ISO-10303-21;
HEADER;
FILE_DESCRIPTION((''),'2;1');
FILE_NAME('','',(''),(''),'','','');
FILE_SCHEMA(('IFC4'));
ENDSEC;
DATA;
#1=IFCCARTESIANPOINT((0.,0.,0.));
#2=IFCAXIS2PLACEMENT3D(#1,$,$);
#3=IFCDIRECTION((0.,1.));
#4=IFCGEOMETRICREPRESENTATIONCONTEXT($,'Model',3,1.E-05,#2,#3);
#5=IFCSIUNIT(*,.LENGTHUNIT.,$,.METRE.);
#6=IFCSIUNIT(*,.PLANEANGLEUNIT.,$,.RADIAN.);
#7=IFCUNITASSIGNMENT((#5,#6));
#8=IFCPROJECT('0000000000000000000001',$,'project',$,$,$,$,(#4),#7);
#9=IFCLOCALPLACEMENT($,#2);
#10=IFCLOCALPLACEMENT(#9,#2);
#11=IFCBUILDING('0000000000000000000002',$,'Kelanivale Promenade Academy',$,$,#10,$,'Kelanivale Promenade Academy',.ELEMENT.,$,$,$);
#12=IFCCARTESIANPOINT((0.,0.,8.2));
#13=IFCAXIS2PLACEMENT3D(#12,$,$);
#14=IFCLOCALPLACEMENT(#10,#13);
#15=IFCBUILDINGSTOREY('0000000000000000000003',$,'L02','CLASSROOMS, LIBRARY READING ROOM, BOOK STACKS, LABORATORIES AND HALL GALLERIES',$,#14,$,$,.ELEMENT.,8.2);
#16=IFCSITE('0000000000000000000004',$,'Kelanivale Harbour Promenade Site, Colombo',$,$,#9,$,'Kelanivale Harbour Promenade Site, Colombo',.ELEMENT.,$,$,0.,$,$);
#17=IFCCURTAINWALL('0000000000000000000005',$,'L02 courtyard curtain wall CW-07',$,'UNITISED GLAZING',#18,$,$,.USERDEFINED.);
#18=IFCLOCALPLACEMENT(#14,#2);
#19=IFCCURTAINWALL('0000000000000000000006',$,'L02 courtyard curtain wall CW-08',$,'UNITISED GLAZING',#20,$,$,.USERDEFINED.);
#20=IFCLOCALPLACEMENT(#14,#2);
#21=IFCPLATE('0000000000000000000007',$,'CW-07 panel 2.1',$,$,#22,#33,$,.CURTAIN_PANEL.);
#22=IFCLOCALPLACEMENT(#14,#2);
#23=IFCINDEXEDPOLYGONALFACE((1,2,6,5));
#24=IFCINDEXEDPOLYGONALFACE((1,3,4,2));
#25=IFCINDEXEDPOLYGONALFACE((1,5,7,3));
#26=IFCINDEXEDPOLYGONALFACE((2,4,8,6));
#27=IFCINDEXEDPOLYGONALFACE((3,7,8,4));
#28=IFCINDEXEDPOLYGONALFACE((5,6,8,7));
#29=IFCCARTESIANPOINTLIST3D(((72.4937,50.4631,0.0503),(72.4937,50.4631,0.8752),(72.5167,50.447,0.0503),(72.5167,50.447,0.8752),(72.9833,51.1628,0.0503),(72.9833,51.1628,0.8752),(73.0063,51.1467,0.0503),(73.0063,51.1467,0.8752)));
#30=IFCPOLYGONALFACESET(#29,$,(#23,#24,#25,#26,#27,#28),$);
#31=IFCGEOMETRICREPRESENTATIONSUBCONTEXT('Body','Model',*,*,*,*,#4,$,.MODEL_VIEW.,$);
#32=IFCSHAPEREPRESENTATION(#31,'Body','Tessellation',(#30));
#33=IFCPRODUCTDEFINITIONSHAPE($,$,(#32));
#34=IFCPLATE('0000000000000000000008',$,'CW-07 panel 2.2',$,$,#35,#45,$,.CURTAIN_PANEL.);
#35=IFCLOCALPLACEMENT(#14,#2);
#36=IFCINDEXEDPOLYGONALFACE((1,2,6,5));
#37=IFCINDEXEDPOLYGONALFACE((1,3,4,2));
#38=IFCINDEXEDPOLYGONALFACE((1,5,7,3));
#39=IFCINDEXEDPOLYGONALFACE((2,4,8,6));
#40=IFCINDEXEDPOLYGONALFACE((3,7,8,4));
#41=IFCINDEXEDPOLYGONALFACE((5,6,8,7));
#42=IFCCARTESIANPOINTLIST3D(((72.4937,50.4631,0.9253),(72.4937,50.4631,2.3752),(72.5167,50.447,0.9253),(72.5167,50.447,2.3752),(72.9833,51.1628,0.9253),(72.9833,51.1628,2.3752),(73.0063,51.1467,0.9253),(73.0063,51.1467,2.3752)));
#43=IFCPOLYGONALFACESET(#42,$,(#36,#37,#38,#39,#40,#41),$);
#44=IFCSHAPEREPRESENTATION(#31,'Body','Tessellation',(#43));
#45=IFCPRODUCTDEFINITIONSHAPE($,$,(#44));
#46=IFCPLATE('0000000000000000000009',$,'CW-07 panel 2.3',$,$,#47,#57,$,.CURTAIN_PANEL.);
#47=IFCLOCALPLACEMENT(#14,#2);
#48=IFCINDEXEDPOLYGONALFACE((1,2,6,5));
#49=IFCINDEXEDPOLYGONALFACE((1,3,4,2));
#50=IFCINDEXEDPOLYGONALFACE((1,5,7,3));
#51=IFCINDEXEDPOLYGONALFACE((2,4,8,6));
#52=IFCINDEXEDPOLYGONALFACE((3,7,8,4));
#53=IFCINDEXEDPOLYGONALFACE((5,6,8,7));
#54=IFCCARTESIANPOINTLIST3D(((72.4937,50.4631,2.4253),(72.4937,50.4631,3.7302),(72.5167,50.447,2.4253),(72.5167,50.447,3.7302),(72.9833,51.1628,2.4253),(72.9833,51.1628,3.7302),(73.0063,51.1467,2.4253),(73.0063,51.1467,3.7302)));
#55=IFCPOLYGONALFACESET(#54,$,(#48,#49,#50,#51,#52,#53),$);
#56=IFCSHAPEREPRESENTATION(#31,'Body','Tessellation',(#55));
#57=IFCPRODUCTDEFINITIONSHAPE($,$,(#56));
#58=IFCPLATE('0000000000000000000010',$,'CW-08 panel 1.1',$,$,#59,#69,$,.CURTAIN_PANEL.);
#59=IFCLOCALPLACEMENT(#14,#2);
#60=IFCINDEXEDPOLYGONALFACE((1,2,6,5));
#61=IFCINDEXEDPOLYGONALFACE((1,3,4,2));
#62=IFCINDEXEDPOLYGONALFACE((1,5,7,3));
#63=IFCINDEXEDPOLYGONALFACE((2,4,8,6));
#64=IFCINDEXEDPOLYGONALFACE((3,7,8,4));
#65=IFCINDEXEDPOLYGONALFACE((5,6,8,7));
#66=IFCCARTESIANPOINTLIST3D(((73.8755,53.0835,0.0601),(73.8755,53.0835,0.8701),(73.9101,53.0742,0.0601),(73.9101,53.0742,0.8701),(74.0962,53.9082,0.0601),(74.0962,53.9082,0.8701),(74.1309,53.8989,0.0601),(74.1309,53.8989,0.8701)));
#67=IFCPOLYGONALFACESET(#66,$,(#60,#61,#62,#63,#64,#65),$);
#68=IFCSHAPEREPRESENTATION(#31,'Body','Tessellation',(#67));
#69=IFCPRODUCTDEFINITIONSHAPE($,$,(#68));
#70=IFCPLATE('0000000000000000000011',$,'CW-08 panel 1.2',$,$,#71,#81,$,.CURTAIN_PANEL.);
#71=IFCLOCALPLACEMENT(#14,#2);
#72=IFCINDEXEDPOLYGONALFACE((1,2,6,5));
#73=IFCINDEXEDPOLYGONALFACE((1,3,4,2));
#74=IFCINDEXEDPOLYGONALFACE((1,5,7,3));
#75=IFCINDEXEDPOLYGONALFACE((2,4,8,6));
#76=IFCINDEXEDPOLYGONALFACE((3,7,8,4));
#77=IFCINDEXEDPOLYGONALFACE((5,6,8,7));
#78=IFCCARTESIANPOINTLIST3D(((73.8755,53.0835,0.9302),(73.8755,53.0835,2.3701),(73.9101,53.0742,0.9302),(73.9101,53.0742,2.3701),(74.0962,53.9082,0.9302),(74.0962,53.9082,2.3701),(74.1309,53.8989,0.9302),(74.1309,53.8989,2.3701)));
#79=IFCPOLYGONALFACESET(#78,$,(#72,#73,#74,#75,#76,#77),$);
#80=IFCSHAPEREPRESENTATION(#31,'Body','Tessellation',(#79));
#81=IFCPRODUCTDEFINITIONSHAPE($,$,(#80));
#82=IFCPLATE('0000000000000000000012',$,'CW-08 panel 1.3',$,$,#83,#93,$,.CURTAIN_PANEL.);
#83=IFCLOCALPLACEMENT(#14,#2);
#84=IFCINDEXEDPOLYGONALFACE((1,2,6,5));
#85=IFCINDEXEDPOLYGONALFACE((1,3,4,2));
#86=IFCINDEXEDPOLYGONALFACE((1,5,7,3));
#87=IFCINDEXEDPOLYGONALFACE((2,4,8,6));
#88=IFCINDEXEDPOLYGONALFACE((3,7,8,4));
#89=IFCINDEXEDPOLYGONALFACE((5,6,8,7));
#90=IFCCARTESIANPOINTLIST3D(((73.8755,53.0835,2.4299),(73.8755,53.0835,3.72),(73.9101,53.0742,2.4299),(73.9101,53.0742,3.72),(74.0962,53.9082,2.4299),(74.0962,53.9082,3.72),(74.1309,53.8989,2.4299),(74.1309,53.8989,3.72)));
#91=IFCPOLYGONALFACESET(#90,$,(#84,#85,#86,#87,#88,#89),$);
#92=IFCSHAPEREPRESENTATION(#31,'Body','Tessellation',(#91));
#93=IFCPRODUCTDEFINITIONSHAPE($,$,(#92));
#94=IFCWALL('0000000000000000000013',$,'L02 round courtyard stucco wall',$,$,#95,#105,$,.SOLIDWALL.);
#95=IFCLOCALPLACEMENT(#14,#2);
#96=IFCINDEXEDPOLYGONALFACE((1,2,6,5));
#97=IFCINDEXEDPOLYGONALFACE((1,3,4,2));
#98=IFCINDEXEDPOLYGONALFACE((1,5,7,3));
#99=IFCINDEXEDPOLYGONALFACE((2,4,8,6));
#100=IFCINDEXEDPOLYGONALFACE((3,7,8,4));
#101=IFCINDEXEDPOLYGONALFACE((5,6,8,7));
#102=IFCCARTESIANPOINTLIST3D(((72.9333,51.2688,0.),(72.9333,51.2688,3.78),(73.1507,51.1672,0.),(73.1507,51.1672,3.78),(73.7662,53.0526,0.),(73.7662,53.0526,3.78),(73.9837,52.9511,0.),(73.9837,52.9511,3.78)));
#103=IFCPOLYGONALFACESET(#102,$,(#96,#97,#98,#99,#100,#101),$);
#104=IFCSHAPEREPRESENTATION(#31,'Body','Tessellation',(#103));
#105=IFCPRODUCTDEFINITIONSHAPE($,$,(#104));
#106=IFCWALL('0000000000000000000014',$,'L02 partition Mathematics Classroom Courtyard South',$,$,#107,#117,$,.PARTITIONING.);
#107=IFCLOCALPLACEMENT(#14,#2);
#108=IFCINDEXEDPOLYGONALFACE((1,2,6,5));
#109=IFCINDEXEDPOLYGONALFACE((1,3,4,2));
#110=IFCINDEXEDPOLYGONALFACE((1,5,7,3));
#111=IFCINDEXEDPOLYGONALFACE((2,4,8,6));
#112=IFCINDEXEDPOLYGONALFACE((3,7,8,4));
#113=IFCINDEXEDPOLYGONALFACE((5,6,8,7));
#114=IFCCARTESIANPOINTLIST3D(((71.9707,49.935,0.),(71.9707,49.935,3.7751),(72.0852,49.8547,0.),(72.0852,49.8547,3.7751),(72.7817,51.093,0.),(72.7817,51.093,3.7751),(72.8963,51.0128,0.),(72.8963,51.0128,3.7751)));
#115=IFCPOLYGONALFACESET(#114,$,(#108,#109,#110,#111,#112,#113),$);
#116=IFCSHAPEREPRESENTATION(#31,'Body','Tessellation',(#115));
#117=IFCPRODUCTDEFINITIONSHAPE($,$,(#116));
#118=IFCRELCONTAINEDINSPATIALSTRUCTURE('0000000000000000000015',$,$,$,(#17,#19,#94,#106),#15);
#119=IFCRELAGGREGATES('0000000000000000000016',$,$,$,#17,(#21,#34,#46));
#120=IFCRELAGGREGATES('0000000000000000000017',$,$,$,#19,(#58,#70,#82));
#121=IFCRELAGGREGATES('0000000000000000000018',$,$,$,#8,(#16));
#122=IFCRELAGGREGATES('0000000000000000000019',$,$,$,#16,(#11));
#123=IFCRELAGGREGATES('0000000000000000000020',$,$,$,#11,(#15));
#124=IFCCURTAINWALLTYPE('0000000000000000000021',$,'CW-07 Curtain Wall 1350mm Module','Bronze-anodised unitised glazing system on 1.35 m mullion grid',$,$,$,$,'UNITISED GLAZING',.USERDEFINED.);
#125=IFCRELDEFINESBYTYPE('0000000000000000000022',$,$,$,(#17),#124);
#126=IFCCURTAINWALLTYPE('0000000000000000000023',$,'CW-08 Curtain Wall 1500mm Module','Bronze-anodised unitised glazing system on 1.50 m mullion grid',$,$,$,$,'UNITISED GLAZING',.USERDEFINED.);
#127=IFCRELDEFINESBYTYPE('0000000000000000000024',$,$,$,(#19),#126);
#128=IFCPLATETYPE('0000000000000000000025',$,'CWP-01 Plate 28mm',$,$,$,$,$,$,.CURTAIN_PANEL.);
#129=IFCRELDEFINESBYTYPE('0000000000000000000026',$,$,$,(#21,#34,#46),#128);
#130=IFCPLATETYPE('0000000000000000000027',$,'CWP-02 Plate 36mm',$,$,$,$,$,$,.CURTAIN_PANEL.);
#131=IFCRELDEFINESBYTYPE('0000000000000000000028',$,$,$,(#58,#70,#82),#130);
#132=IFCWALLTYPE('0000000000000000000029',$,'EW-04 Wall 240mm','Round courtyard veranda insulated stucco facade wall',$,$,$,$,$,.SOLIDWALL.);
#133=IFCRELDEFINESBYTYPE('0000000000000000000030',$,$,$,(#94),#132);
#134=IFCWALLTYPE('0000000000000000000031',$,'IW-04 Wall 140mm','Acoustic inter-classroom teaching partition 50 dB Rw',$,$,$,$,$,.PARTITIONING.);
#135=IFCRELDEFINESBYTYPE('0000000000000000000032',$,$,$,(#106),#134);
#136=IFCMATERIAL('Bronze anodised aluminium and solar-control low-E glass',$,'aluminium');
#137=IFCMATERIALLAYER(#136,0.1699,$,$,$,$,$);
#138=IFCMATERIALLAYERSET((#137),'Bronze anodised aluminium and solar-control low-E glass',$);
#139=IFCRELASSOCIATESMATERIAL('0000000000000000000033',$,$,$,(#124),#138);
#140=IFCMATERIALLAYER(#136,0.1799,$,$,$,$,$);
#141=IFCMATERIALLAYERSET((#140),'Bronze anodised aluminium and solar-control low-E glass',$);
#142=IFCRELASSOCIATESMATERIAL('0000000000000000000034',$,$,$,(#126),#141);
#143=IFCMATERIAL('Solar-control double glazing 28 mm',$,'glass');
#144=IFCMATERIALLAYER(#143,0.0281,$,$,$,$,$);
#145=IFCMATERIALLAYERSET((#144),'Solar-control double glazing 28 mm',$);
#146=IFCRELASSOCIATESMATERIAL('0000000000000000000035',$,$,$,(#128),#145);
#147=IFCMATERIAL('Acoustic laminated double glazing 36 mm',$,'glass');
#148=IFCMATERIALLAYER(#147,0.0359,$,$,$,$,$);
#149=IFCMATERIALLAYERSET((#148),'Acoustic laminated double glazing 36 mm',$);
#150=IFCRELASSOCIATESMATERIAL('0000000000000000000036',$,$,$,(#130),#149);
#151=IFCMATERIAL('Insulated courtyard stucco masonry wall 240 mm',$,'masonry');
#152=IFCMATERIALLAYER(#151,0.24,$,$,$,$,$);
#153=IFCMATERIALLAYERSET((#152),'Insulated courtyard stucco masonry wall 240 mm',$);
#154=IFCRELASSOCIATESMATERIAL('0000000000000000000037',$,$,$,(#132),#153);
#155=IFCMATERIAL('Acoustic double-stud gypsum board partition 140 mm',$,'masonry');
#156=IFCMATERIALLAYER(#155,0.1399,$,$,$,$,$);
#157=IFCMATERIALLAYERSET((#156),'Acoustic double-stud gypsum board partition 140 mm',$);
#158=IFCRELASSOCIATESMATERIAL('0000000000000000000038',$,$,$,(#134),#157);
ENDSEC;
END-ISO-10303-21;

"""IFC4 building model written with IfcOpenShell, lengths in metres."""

from ifc_helpers import new_model, si_unit, direction, frame, frame_2d, origin, origin_2d, place, context, subcontext, project, spatial, rectangle, extrude, material, layer, layer_set, type_object, element, aggregate, save


model = new_model("IFC4")

# Units and contexts
model_context = context("Model", 3, precision=1e-05, world=origin(), true_north=direction((0.0, 1.0)))
body_context = subcontext(model_context, "Body", "Model", "MODEL_VIEW")
ifc_project = project(units=[si_unit("LENGTHUNIT", "METRE"), si_unit("PLANEANGLEUNIT", "RADIAN")], contexts=[model_context])

# Site, building, storey
site_placement = place(None, origin())
site = spatial("IfcSite", under=ifc_project, at=site_placement, Name="Kelanivale Harbour Promenade Site, Colombo", LongName="Kelanivale Harbour Promenade Site, Colombo", CompositionType="ELEMENT", RefElevation=0.0)
building_placement = place(site_placement, origin())
building = spatial("IfcBuilding", under=site, at=building_placement, Name="Kelanivale Promenade Academy", LongName="Kelanivale Promenade Academy", CompositionType="ELEMENT")
storey_placement = place(building_placement, frame((0.0, 0.0, 8.2)))
storey = spatial("IfcBuildingStorey", under=building, at=storey_placement, Name="L02", Description="CLASSROOMS, LIBRARY READING ROOM, BOOK STACKS, LABORATORIES AND HALL GALLERIES", CompositionType="ELEMENT", Elevation=8.2)

# Shared definitions
ifc_material_1 = material(Name="Bronze anodised aluminium and solar-control low-E glass", Category="aluminium")

# Curtain walls
ifc_layer_1 = layer(ifc_material_1, 0.1699)
ifc_layer_set_1 = layer_set([ifc_layer_1], Name="Bronze anodised aluminium and solar-control low-E glass")
curtain_wall_type_1 = type_object("IfcCurtainWallType", Name="CW-07 Curtain Wall 1350mm Module", Description="Bronze-anodised unitised glazing system on 1.35 m mullion grid", ElementType="UNITISED GLAZING", PredefinedType="USERDEFINED", material=ifc_layer_set_1)
curtain_wall_1_placement = place(storey_placement, origin())
curtain_wall_1 = element("IfcCurtainWall", 1, at=curtain_wall_1_placement, inside=storey, type_object=curtain_wall_type_1, Name="L02 courtyard curtain wall CW-07", ObjectType="UNITISED GLAZING", PredefinedType="USERDEFINED")
ifc_layer_2 = layer(ifc_material_1, 0.1799)
ifc_layer_set_2 = layer_set([ifc_layer_2], Name="Bronze anodised aluminium and solar-control low-E glass")
curtain_wall_type_2 = type_object("IfcCurtainWallType", Name="CW-08 Curtain Wall 1500mm Module", Description="Bronze-anodised unitised glazing system on 1.50 m mullion grid", ElementType="UNITISED GLAZING", PredefinedType="USERDEFINED", material=ifc_layer_set_2)
curtain_wall_2_placement = place(storey_placement, origin())
curtain_wall_2 = element("IfcCurtainWall", 2, at=curtain_wall_2_placement, inside=storey, type_object=curtain_wall_type_2, Name="L02 courtyard curtain wall CW-08", ObjectType="UNITISED GLAZING", PredefinedType="USERDEFINED")

# Plates
ifc_material_2 = material(Name="Solar-control double glazing 28 mm", Category="glass")
ifc_layer_3 = layer(ifc_material_2, 0.0281)
ifc_layer_set_3 = layer_set([ifc_layer_3], Name="Solar-control double glazing 28 mm")
plate_type_1 = type_object("IfcPlateType", Name="CWP-01 Plate 28mm", PredefinedType="CURTAIN_PANEL", material=ifc_layer_set_3)
plate_1_placement = place(storey_placement, frame((72.75, 50.8049, 0.0503), z_axis=(0.0, 0.0, 1.0), x_axis=(0.573357, 0.819306, 0.0)))
plate_1 = element("IfcPlate", 3, at=plate_1_placement, type_object=plate_type_1, Name="CW-07 panel 2.1", PredefinedType="CURTAIN_PANEL", context=body_context, shape_type="SweptSolid", body=[
    extrude(rectangle(XDim=0.854, YDim=0.0281, at=origin_2d()), origin(), (0.0, 0.0, 1.0), 0.825),
])
plate_2_placement = place(storey_placement, frame((72.75, 50.8049, 0.9253), z_axis=(0.0, 0.0, 1.0), x_axis=(0.573357, 0.819306, 0.0)))
plate_2 = element("IfcPlate", 4, at=plate_2_placement, type_object=plate_type_1, Name="CW-07 panel 2.2", PredefinedType="CURTAIN_PANEL", context=body_context, shape_type="SweptSolid", body=[
    extrude(rectangle(XDim=0.854, YDim=0.0281, at=origin_2d()), origin(), (0.0, 0.0, 1.0), 1.45),
])
plate_3_placement = place(storey_placement, frame((72.75, 50.8049, 2.4253), z_axis=(0.0, 0.0, 1.0), x_axis=(0.573357, 0.819306, 0.0)))
plate_3 = element("IfcPlate", 5, at=plate_3_placement, type_object=plate_type_1, Name="CW-07 panel 2.3", PredefinedType="CURTAIN_PANEL", context=body_context, shape_type="SweptSolid", body=[
    extrude(rectangle(XDim=0.854, YDim=0.0281, at=origin_2d()), origin(), (0.0, 0.0, 1.0), 1.3049),
])
aggregate(curtain_wall_1, [plate_1, plate_2, plate_3])
ifc_material_3 = material(Name="Acoustic laminated double glazing 36 mm", Category="glass")
ifc_layer_4 = layer(ifc_material_3, 0.0359)
ifc_layer_set_4 = layer_set([ifc_layer_4], Name="Acoustic laminated double glazing 36 mm")
plate_type_2 = type_object("IfcPlateType", Name="CWP-02 Plate 36mm", PredefinedType="CURTAIN_PANEL", material=ifc_layer_set_4)
plate_4_placement = place(storey_placement, frame((74.0032, 53.4912, 0.0601), z_axis=(0.0, 0.0, 1.0), x_axis=(0.258578, 0.96599, 0.0)))
plate_4 = element("IfcPlate", 6, at=plate_4_placement, type_object=plate_type_2, Name="CW-08 panel 1.1", PredefinedType="CURTAIN_PANEL", context=body_context, shape_type="SweptSolid", body=[
    extrude(rectangle(XDim=0.8538, YDim=0.0359, at=origin_2d()), origin(), (0.0, 0.0, 1.0), 0.8101),
])
plate_5_placement = place(storey_placement, frame((74.0032, 53.4912, 0.9302), z_axis=(0.0, 0.0, 1.0), x_axis=(0.258578, 0.96599, 0.0)))
plate_5 = element("IfcPlate", 7, at=plate_5_placement, type_object=plate_type_2, Name="CW-08 panel 1.2", PredefinedType="CURTAIN_PANEL", context=body_context, shape_type="SweptSolid", body=[
    extrude(rectangle(XDim=0.8538, YDim=0.0359, at=origin_2d()), origin(), (0.0, 0.0, 1.0), 1.4399),
])
plate_6_placement = place(storey_placement, frame((74.0032, 53.4912, 2.4299), z_axis=(0.0, 0.0, 1.0), x_axis=(0.258578, 0.96599, 0.0)))
plate_6 = element("IfcPlate", 8, at=plate_6_placement, type_object=plate_type_2, Name="CW-08 panel 1.3", PredefinedType="CURTAIN_PANEL", context=body_context, shape_type="SweptSolid", body=[
    extrude(rectangle(XDim=0.8538, YDim=0.0359, at=origin_2d()), origin(), (0.0, 0.0, 1.0), 1.29),
])
aggregate(curtain_wall_2, [plate_4, plate_5, plate_6])

# Walls
ifc_material_4 = material(Name="Insulated courtyard stucco masonry wall 240 mm", Category="masonry")
ifc_layer_5 = layer(ifc_material_4, 0.24)
ifc_layer_set_5 = layer_set([ifc_layer_5], Name="Insulated courtyard stucco masonry wall 240 mm")
wall_type_1 = type_object("IfcWallType", Name="EW-04 Wall 240mm", Description="Round courtyard veranda insulated stucco facade wall", PredefinedType="SOLIDWALL", material=ifc_layer_set_5)
wall_1_placement = place(storey_placement, frame((73.042, 51.218, 0.0), z_axis=(0.0, 0.0, 1.0), x_axis=(0.423096, 0.906085, 0.0)))
element("IfcWall", 9, at=wall_1_placement, inside=storey, type_object=wall_type_1, Name="L02 round courtyard stucco wall", PredefinedType="SOLIDWALL", context=body_context, shape_type="SweptSolid", body=[
    extrude(rectangle(XDim=1.9688, YDim=0.24, at=frame_2d((0.9844, 0.0))), origin(), (0.0, 0.0, 1.0), 3.78),
])
ifc_material_5 = material(Name="Acoustic double-stud gypsum board partition 140 mm", Category="masonry")
ifc_layer_6 = layer(ifc_material_5, 0.1399)
ifc_layer_set_6 = layer_set([ifc_layer_6], Name="Acoustic double-stud gypsum board partition 140 mm")
wall_type_2 = type_object("IfcWallType", Name="IW-04 Wall 140mm", Description="Acoustic inter-classroom teaching partition 50 dB Rw", PredefinedType="PARTITIONING", material=ifc_layer_set_6)
wall_2_placement = place(storey_placement, frame((72.8391, 51.053, 0.0), z_axis=(0.0, 0.0, 1.0), x_axis=(-0.573683, -0.819078, 0.0)))
element("IfcWall", 10, at=wall_2_placement, inside=storey, type_object=wall_type_2, Name="L02 partition Mathematics Classroom Courtyard South", PredefinedType="PARTITIONING", context=body_context, shape_type="SweptSolid", body=[
    extrude(rectangle(XDim=1.4138, YDim=0.1399, at=frame_2d((0.707, 0.0))), origin(), (0.0, 0.0, 1.0), 3.7751),
])

save(model, "model.ifc")
